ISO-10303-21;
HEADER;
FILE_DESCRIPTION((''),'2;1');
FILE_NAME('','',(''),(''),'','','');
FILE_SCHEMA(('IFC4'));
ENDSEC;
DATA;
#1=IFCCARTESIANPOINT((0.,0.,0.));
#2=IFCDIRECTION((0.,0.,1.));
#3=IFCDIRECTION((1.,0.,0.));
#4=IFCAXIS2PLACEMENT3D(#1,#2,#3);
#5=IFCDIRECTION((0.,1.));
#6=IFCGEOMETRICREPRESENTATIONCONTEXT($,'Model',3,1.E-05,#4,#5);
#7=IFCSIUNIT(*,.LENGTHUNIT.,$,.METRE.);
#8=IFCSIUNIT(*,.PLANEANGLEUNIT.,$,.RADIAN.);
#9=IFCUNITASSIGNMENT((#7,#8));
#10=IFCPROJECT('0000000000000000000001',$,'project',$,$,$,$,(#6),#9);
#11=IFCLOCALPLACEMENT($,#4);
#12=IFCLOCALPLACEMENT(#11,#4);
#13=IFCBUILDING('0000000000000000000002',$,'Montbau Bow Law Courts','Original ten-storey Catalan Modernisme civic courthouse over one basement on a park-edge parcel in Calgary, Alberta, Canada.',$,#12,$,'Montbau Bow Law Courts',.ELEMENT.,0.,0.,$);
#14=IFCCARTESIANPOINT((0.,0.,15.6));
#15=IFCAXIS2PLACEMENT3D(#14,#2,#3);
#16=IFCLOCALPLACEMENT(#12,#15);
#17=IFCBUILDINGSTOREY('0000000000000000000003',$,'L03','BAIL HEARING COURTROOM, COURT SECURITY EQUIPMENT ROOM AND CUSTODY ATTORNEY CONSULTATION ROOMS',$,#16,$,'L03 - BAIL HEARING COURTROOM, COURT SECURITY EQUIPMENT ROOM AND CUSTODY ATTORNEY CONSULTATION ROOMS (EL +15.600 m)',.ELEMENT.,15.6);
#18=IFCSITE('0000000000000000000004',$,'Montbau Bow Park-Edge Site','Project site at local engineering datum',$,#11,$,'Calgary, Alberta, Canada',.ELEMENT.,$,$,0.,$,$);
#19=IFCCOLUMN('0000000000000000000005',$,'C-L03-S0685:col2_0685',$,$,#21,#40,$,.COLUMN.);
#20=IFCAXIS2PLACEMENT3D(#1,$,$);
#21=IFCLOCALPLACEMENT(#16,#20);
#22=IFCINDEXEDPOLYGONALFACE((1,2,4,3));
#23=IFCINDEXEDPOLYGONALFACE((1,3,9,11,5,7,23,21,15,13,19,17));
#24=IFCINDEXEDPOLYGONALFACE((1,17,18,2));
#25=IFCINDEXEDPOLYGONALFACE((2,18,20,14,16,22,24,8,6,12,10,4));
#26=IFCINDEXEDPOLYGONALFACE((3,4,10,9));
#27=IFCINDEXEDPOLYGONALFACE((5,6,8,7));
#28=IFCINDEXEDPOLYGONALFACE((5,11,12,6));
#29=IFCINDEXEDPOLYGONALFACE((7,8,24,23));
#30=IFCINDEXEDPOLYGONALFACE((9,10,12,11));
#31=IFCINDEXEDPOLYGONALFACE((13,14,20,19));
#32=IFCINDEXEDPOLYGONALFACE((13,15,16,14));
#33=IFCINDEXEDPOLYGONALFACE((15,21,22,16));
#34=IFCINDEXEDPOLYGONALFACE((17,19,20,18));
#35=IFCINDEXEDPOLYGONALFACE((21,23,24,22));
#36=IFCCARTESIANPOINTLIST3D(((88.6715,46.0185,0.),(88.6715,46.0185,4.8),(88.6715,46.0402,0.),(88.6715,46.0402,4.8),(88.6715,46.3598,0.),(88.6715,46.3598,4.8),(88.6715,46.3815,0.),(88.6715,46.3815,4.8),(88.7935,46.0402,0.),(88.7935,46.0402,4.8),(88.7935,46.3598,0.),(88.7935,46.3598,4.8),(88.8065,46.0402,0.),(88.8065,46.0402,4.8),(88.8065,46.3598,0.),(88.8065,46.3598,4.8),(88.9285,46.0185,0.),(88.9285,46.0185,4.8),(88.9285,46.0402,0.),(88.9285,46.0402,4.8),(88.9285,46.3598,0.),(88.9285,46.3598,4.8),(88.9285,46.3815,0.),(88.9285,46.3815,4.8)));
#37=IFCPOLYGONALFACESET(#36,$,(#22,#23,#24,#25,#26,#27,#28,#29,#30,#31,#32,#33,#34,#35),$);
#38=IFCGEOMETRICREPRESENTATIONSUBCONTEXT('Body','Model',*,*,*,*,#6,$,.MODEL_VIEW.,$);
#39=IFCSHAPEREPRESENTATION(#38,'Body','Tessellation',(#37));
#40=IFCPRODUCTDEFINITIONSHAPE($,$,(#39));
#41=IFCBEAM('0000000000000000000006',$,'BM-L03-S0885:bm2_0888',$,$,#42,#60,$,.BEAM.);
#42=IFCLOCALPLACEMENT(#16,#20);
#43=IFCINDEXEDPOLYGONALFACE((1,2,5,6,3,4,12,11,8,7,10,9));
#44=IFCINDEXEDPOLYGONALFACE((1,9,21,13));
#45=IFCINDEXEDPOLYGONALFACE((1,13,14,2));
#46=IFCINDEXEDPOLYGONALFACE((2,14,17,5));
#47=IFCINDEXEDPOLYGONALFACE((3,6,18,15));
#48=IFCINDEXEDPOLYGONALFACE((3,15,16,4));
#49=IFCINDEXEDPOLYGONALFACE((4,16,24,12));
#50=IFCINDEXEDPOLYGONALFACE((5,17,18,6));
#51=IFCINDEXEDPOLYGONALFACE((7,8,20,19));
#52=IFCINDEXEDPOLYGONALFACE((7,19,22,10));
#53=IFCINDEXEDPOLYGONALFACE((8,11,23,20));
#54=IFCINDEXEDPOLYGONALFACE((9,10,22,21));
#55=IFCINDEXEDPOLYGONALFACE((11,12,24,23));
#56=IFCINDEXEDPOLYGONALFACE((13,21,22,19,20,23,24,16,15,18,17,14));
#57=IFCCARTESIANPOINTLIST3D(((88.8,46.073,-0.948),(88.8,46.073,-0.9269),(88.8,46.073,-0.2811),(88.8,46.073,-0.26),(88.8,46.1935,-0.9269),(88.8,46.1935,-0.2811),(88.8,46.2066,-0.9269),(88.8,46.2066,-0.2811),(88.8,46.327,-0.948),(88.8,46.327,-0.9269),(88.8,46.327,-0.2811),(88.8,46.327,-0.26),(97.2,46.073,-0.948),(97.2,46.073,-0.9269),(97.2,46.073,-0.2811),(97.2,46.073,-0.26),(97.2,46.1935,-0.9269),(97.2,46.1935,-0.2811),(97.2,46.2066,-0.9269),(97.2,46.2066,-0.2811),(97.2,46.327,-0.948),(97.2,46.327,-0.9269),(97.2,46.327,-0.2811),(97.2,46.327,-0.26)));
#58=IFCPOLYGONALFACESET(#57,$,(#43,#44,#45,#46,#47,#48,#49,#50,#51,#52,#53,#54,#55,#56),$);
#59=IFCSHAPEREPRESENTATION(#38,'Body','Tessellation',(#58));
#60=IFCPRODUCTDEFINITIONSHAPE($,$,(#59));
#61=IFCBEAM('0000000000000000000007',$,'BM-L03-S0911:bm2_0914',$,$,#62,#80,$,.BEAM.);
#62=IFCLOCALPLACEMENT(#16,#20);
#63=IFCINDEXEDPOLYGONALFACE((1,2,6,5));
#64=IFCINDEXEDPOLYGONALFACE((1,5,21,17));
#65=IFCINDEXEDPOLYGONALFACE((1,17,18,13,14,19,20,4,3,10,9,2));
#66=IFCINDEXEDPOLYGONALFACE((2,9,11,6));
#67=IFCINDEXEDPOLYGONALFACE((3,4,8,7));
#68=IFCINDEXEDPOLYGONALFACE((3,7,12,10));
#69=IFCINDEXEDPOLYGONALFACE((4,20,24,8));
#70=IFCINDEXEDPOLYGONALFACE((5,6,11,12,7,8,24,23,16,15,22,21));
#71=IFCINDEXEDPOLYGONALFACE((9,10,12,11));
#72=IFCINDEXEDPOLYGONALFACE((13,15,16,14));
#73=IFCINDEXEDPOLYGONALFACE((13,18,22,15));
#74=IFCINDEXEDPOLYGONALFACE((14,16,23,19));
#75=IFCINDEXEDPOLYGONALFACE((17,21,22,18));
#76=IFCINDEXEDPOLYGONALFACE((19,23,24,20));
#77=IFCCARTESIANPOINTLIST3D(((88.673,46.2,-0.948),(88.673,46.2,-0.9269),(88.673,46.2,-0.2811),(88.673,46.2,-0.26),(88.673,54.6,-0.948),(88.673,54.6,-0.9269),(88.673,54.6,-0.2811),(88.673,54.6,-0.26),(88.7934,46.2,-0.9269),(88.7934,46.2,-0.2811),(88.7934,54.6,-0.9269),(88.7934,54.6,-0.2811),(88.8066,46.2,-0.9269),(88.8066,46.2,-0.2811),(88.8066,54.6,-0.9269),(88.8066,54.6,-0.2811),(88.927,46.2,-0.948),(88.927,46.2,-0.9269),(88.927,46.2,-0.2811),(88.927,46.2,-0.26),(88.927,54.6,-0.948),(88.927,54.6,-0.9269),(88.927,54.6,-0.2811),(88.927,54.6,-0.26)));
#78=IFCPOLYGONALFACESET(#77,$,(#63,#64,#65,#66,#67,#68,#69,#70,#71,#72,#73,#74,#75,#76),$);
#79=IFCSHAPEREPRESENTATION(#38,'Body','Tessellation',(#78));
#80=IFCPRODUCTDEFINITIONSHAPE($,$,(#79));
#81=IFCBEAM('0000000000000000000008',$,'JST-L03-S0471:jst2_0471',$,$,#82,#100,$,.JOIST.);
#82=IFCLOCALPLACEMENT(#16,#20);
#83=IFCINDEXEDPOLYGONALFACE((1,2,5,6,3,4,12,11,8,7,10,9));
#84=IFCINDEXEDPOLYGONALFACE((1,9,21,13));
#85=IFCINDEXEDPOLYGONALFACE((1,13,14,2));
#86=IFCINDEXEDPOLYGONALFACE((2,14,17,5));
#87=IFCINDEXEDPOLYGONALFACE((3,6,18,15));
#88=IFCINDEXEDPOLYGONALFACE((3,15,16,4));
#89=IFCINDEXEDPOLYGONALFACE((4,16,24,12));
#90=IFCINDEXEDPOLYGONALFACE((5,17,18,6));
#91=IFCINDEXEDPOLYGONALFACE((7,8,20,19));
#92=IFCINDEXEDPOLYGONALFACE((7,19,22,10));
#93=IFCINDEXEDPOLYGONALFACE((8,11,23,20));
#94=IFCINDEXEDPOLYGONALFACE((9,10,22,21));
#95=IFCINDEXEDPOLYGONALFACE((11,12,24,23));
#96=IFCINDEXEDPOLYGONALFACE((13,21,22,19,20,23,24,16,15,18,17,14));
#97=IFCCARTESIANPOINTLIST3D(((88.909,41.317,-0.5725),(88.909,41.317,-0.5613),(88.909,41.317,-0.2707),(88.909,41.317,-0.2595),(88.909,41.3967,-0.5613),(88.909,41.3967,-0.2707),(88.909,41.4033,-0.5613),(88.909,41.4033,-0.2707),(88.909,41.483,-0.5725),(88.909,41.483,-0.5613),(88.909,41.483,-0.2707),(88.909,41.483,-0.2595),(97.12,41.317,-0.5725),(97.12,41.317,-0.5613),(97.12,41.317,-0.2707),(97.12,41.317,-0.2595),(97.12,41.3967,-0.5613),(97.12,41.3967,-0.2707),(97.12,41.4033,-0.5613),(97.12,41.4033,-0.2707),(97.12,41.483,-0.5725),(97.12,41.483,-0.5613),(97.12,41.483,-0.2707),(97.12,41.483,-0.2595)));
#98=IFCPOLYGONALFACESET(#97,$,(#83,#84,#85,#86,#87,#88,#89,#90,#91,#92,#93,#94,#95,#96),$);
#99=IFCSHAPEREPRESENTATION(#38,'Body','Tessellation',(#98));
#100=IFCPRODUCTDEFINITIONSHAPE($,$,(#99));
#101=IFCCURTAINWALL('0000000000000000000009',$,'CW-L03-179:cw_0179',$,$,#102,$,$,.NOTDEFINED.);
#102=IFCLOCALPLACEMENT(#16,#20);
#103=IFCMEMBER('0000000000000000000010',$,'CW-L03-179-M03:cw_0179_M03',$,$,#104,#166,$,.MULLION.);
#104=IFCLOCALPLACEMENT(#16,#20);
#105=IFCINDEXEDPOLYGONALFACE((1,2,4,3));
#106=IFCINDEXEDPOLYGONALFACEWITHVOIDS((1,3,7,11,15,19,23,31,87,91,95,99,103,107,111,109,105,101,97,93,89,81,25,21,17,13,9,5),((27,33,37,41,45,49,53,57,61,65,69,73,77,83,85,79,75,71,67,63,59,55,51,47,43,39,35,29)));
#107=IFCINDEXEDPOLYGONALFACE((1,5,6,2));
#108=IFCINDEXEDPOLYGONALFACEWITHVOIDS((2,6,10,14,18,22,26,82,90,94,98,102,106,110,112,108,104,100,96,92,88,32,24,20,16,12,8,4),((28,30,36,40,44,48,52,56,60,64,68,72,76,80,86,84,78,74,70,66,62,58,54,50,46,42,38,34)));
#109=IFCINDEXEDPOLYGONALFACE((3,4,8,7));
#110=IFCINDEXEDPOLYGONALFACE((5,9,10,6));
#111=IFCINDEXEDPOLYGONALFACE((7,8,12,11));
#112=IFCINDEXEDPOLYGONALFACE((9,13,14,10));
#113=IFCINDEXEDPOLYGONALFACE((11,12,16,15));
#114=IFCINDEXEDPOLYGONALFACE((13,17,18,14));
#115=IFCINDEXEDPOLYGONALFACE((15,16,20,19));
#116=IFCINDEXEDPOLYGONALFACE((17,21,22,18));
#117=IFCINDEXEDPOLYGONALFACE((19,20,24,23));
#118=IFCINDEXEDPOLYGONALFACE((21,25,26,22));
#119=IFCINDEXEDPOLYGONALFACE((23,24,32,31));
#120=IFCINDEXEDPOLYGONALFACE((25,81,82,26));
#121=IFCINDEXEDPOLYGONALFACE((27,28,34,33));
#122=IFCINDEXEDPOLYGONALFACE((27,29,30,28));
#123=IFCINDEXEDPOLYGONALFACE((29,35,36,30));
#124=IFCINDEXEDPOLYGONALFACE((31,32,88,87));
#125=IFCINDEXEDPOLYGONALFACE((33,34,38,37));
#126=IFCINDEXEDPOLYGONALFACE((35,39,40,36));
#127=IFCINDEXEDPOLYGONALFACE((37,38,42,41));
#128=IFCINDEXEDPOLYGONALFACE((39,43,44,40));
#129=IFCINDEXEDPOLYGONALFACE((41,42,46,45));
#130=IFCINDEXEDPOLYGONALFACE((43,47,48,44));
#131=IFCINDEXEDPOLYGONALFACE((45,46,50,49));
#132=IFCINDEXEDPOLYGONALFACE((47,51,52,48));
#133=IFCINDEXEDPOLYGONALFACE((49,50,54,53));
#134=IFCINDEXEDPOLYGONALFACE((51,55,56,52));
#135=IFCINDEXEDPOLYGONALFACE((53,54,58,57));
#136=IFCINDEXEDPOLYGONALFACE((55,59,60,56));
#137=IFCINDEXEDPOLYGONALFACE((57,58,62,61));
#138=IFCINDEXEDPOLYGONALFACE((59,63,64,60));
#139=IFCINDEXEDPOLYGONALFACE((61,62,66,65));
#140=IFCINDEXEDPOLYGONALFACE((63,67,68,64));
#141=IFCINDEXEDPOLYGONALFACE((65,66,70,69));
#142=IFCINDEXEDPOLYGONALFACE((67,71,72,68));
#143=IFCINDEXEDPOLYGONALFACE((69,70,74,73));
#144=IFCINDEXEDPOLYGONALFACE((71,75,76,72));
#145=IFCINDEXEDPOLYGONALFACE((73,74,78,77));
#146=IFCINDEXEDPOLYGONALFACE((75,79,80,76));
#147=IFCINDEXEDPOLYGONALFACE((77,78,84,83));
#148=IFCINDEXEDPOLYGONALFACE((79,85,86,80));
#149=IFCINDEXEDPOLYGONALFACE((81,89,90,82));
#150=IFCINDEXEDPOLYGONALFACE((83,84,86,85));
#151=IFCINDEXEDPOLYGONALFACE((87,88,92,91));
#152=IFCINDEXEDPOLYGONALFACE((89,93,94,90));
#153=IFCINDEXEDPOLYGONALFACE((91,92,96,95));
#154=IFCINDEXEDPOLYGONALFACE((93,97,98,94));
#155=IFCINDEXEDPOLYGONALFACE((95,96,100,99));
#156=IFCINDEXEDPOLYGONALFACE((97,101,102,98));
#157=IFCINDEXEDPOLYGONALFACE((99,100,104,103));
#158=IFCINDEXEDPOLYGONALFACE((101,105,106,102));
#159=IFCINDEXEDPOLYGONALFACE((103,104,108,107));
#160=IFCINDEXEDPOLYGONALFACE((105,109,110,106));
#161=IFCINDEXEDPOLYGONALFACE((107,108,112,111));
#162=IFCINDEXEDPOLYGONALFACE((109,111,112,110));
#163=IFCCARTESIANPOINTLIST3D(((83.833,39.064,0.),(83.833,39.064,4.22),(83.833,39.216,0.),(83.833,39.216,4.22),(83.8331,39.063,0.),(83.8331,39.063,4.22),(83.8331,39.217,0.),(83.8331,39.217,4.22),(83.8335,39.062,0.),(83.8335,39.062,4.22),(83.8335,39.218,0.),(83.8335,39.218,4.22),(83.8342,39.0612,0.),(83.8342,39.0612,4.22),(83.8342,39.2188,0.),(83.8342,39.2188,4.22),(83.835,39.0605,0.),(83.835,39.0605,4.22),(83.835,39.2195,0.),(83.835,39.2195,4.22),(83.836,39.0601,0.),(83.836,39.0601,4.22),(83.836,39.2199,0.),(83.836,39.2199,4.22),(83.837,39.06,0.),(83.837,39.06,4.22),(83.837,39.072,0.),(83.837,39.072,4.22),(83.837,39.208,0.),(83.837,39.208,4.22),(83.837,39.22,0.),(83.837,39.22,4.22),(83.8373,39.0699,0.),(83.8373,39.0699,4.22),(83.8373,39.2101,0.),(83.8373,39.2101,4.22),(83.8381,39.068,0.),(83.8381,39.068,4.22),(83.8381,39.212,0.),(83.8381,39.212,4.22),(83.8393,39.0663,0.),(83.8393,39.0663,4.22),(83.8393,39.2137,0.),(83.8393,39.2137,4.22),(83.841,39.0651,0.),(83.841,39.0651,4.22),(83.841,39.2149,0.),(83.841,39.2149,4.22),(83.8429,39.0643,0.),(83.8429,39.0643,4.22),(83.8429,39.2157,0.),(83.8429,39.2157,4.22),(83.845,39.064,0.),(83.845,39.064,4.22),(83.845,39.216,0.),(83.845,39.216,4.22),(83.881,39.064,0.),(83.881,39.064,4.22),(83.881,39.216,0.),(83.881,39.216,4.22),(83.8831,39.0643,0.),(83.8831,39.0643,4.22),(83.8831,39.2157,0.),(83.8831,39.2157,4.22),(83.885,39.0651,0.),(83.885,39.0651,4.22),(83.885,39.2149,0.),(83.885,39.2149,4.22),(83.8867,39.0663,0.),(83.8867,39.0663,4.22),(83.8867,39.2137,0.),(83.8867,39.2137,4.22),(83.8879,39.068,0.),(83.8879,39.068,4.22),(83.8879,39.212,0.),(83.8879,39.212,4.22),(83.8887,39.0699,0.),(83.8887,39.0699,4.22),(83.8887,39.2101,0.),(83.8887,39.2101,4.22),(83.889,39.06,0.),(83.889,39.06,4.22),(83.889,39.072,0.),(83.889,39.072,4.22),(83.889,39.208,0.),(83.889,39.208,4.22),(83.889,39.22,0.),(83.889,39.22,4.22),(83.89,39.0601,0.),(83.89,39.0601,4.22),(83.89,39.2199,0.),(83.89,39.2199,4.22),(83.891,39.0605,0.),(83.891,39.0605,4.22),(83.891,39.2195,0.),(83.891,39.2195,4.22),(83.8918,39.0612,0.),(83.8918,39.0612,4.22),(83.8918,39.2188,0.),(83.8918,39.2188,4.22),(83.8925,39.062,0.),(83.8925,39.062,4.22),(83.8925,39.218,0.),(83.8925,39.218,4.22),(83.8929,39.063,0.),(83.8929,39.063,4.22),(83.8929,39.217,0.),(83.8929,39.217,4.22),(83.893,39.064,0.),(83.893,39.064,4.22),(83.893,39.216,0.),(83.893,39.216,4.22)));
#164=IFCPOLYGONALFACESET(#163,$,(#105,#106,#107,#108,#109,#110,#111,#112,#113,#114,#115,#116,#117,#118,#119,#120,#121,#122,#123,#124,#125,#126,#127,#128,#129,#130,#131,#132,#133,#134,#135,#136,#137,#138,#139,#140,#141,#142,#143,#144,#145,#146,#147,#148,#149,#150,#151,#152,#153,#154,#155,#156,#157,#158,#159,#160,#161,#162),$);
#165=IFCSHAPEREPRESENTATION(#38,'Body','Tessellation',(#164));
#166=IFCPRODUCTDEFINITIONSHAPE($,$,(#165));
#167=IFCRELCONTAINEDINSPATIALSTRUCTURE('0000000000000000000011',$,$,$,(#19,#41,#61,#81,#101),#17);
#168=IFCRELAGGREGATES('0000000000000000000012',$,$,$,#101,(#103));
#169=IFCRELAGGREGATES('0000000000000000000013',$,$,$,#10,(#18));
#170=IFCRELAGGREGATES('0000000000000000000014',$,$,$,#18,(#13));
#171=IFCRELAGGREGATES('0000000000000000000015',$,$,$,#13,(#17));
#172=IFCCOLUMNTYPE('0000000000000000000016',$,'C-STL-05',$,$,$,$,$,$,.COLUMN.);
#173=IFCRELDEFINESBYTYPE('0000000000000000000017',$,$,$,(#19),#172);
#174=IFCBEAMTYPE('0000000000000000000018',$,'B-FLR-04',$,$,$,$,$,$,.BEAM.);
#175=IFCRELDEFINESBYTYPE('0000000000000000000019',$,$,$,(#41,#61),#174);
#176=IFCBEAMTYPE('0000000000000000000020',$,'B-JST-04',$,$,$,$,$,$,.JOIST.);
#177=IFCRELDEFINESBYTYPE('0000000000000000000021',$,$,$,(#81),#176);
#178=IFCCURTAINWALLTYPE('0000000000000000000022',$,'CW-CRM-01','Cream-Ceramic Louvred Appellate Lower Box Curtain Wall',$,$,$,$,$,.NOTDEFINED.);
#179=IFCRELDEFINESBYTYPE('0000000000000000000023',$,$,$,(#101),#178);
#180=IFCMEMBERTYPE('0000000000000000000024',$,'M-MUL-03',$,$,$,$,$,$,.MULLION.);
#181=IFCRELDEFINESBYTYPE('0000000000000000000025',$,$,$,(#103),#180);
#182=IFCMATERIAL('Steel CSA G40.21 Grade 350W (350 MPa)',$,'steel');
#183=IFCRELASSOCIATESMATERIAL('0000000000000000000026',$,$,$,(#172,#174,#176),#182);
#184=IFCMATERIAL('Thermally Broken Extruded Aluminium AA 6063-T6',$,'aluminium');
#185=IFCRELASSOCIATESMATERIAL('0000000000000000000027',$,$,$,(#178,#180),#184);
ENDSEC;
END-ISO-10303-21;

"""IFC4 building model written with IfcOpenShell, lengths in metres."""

from ifc_helpers import new_model, si_unit, direction, frame, origin_with_axes, origin_2d_with_axis, place, context, subcontext, project, spatial, hollow_rectangle, i_section, extrude, material, material_profile, profile_set, type_object, element, aggregate, save


model = new_model("IFC4")

# Units and contexts
model_context = context("Model", 3, precision=1e-05, world=origin_with_axes(), true_north=direction((0.0, 1.0)))
body_context = subcontext(model_context, "Body", "Model", "MODEL_VIEW")
ifc_project = project(units=[si_unit("LENGTHUNIT", "METRE"), si_unit("PLANEANGLEUNIT", "RADIAN")], contexts=[model_context])

# Site, building, storey
site_placement = place(None, origin_with_axes())
site = spatial("IfcSite", under=ifc_project, at=site_placement, Name="Montbau Bow Park-Edge Site", Description="Project site at local engineering datum", LongName="Calgary, Alberta, Canada", CompositionType="ELEMENT", RefElevation=0.0)
building_placement = place(site_placement, origin_with_axes())
building = spatial("IfcBuilding", under=site, at=building_placement, Name="Montbau Bow Law Courts", Description="Original ten-storey Catalan Modernisme civic courthouse over one basement on a park-edge parcel in Calgary, Alberta, Canada.", LongName="Montbau Bow Law Courts", CompositionType="ELEMENT", ElevationOfRefHeight=0.0, ElevationOfTerrain=0.0)
storey_placement = place(building_placement, frame((0.0, 0.0, 15.6), z_axis=(0.0, 0.0, 1.0), x_axis=(1.0, 0.0, 0.0)))
storey = spatial("IfcBuildingStorey", under=building, at=storey_placement, Name="L03", Description="BAIL HEARING COURTROOM, COURT SECURITY EQUIPMENT ROOM AND CUSTODY ATTORNEY CONSULTATION ROOMS", LongName="L03 - BAIL HEARING COURTROOM, COURT SECURITY EQUIPMENT ROOM AND CUSTODY ATTORNEY CONSULTATION ROOMS (EL +15.600 m)", CompositionType="ELEMENT", Elevation=15.6)

# Column
ifc_material_1 = material(Name="Steel CSA G40.21 Grade 350W (350 MPa)", Category="steel")
ifc_material_profile_1 = material_profile(ifc_material_1, i_section(OverallWidth=0.257, OverallDepth=0.363, WebThickness=0.013, FlangeThickness=0.0217, at=origin_2d_with_axis()), Name="W360X122", Category="Main", Priority=0)
ifc_profile_set_1 = profile_set([ifc_material_profile_1], Name="Steel CSA G40.21 Grade 350W (350 MPa)")
column_type = type_object("IfcColumnType", Name="C-STL-05", PredefinedType="COLUMN", material=ifc_profile_set_1)
column_placement = place(None, frame((88.8, 46.2, 15.6), z_axis=(0.0, 0.0, 1.0), x_axis=(1.0, 0.0, 0.0)))
element("IfcColumn", 1, at=column_placement, inside=storey, type_object=column_type, Name="C-L03-S0685:col2_0685", PredefinedType="COLUMN", context=body_context, shape_type="SweptSolid", body=[
    extrude(i_section(OverallWidth=0.257, OverallDepth=0.363, WebThickness=0.013, FlangeThickness=0.0217, at=origin_2d_with_axis()), origin_with_axes(), (0.0, 0.0, 1.0), 4.8),
])

# Beams
ifc_material_profile_2 = material_profile(ifc_material_1, i_section(OverallWidth=0.254, OverallDepth=0.688, WebThickness=0.0131, FlangeThickness=0.0211, at=origin_2d_with_axis()), Name="W690X152", Category="Main", Priority=0)
ifc_profile_set_2 = profile_set([ifc_material_profile_2], Name="Steel CSA G40.21 Grade 350W (350 MPa)")
beam_type_1 = type_object("IfcBeamType", Name="B-FLR-04", PredefinedType="BEAM", material=ifc_profile_set_2)
for number, where, z_axis, x_axis, name in (
    (2, (88.8, 46.2, 14.996), (1.0, 0.0, 0.0), (0.0, 1.0, 0.0), "BM-L03-S0885:bm2_0888"),
    (3, (88.8, 46.2, 14.996), (0.0, 1.0, 0.0), (-1.0, 0.0, 0.0), "BM-L03-S0911:bm2_0914"),
):
    element("IfcBeam", number, at=place(None, frame(where, z_axis=z_axis, x_axis=x_axis)), inside=storey, type_object=beam_type_1, Name=name, PredefinedType="BEAM", context=body_context, shape_type="SweptSolid", body=[
        extrude(i_section(OverallWidth=0.254, OverallDepth=0.688, WebThickness=0.0131, FlangeThickness=0.0211, at=origin_2d_with_axis()), origin_with_axes(), (0.0, 0.0, 1.0), 8.4),
    ])
ifc_material_profile_3 = material_profile(ifc_material_1, i_section(OverallWidth=0.166, OverallDepth=0.313, WebThickness=0.0066, FlangeThickness=0.0112, at=origin_2d_with_axis()), Name="W310X45", Category="Main", Priority=0)
ifc_profile_set_3 = profile_set([ifc_material_profile_3], Name="Steel CSA G40.21 Grade 350W (350 MPa)")
beam_type_2 = type_object("IfcBeamType", Name="B-JST-04", PredefinedType="JOIST", material=ifc_profile_set_3)
beam_placement = place(None, frame((88.909, 41.4, 15.184), z_axis=(1.0, 0.0, 0.0), x_axis=(0.0, 1.0, 0.0)))
element("IfcBeam", 4, at=beam_placement, inside=storey, type_object=beam_type_2, Name="JST-L03-S0471:jst2_0471", PredefinedType="JOIST", context=body_context, shape_type="SweptSolid", body=[
    extrude(i_section(OverallWidth=0.166, OverallDepth=0.313, WebThickness=0.0066, FlangeThickness=0.0112, at=origin_2d_with_axis()), origin_with_axes(), (0.0, 0.0, 1.0), 8.211),
])

# Curtain wall, member
ifc_material_2 = material(Name="Thermally Broken Extruded Aluminium AA 6063-T6", Category="aluminium")
curtain_wall_type = type_object("IfcCurtainWallType", Name="CW-CRM-01", Description="Cream-Ceramic Louvred Appellate Lower Box Curtain Wall", PredefinedType="NOTDEFINED", material=ifc_material_2)
curtain_wall_placement = place(None, frame((80.915, 39.14, 15.6), z_axis=(0.0, 0.0, 1.0), x_axis=(1.0, 0.0, 0.0)))
curtain_wall = element("IfcCurtainWall", 5, at=curtain_wall_placement, inside=storey, type_object=curtain_wall_type, Name="CW-L03-179:cw_0179", PredefinedType="NOTDEFINED")
ifc_material_profile_4 = material_profile(ifc_material_2, hollow_rectangle(XDim=0.06, YDim=0.16, WallThickness=0.004, InnerFilletRadius=0.008, OuterFilletRadius=0.004, at=origin_2d_with_axis()), Name="CWM-160X60", Category="Main", Priority=0)
ifc_profile_set_4 = profile_set([ifc_material_profile_4], Name="Thermally Broken Extruded Aluminium AA 6063-T6")
member_type_1 = type_object("IfcMemberType", Name="M-MUL-03", PredefinedType="MULLION", material=ifc_profile_set_4)
member_1_placement = place(None, frame((83.863, 39.14, 15.6), z_axis=(0.0, 0.0, 1.0), x_axis=(1.0, 0.0, 0.0)))
member_1 = element("IfcMember", 6, at=member_1_placement, type_object=member_type_1, Name="CW-L03-179-M03:cw_0179_M03", PredefinedType="MULLION", context=body_context, shape_type="SweptSolid", body=[
    extrude(hollow_rectangle(XDim=0.06, YDim=0.16, WallThickness=0.004, InnerFilletRadius=0.008, OuterFilletRadius=0.004, at=origin_2d_with_axis()), origin_with_axes(), (0.0, 0.0, 1.0), 4.22),
])
aggregate(curtain_wall, [member_1])

save(model, "model.ifc")
